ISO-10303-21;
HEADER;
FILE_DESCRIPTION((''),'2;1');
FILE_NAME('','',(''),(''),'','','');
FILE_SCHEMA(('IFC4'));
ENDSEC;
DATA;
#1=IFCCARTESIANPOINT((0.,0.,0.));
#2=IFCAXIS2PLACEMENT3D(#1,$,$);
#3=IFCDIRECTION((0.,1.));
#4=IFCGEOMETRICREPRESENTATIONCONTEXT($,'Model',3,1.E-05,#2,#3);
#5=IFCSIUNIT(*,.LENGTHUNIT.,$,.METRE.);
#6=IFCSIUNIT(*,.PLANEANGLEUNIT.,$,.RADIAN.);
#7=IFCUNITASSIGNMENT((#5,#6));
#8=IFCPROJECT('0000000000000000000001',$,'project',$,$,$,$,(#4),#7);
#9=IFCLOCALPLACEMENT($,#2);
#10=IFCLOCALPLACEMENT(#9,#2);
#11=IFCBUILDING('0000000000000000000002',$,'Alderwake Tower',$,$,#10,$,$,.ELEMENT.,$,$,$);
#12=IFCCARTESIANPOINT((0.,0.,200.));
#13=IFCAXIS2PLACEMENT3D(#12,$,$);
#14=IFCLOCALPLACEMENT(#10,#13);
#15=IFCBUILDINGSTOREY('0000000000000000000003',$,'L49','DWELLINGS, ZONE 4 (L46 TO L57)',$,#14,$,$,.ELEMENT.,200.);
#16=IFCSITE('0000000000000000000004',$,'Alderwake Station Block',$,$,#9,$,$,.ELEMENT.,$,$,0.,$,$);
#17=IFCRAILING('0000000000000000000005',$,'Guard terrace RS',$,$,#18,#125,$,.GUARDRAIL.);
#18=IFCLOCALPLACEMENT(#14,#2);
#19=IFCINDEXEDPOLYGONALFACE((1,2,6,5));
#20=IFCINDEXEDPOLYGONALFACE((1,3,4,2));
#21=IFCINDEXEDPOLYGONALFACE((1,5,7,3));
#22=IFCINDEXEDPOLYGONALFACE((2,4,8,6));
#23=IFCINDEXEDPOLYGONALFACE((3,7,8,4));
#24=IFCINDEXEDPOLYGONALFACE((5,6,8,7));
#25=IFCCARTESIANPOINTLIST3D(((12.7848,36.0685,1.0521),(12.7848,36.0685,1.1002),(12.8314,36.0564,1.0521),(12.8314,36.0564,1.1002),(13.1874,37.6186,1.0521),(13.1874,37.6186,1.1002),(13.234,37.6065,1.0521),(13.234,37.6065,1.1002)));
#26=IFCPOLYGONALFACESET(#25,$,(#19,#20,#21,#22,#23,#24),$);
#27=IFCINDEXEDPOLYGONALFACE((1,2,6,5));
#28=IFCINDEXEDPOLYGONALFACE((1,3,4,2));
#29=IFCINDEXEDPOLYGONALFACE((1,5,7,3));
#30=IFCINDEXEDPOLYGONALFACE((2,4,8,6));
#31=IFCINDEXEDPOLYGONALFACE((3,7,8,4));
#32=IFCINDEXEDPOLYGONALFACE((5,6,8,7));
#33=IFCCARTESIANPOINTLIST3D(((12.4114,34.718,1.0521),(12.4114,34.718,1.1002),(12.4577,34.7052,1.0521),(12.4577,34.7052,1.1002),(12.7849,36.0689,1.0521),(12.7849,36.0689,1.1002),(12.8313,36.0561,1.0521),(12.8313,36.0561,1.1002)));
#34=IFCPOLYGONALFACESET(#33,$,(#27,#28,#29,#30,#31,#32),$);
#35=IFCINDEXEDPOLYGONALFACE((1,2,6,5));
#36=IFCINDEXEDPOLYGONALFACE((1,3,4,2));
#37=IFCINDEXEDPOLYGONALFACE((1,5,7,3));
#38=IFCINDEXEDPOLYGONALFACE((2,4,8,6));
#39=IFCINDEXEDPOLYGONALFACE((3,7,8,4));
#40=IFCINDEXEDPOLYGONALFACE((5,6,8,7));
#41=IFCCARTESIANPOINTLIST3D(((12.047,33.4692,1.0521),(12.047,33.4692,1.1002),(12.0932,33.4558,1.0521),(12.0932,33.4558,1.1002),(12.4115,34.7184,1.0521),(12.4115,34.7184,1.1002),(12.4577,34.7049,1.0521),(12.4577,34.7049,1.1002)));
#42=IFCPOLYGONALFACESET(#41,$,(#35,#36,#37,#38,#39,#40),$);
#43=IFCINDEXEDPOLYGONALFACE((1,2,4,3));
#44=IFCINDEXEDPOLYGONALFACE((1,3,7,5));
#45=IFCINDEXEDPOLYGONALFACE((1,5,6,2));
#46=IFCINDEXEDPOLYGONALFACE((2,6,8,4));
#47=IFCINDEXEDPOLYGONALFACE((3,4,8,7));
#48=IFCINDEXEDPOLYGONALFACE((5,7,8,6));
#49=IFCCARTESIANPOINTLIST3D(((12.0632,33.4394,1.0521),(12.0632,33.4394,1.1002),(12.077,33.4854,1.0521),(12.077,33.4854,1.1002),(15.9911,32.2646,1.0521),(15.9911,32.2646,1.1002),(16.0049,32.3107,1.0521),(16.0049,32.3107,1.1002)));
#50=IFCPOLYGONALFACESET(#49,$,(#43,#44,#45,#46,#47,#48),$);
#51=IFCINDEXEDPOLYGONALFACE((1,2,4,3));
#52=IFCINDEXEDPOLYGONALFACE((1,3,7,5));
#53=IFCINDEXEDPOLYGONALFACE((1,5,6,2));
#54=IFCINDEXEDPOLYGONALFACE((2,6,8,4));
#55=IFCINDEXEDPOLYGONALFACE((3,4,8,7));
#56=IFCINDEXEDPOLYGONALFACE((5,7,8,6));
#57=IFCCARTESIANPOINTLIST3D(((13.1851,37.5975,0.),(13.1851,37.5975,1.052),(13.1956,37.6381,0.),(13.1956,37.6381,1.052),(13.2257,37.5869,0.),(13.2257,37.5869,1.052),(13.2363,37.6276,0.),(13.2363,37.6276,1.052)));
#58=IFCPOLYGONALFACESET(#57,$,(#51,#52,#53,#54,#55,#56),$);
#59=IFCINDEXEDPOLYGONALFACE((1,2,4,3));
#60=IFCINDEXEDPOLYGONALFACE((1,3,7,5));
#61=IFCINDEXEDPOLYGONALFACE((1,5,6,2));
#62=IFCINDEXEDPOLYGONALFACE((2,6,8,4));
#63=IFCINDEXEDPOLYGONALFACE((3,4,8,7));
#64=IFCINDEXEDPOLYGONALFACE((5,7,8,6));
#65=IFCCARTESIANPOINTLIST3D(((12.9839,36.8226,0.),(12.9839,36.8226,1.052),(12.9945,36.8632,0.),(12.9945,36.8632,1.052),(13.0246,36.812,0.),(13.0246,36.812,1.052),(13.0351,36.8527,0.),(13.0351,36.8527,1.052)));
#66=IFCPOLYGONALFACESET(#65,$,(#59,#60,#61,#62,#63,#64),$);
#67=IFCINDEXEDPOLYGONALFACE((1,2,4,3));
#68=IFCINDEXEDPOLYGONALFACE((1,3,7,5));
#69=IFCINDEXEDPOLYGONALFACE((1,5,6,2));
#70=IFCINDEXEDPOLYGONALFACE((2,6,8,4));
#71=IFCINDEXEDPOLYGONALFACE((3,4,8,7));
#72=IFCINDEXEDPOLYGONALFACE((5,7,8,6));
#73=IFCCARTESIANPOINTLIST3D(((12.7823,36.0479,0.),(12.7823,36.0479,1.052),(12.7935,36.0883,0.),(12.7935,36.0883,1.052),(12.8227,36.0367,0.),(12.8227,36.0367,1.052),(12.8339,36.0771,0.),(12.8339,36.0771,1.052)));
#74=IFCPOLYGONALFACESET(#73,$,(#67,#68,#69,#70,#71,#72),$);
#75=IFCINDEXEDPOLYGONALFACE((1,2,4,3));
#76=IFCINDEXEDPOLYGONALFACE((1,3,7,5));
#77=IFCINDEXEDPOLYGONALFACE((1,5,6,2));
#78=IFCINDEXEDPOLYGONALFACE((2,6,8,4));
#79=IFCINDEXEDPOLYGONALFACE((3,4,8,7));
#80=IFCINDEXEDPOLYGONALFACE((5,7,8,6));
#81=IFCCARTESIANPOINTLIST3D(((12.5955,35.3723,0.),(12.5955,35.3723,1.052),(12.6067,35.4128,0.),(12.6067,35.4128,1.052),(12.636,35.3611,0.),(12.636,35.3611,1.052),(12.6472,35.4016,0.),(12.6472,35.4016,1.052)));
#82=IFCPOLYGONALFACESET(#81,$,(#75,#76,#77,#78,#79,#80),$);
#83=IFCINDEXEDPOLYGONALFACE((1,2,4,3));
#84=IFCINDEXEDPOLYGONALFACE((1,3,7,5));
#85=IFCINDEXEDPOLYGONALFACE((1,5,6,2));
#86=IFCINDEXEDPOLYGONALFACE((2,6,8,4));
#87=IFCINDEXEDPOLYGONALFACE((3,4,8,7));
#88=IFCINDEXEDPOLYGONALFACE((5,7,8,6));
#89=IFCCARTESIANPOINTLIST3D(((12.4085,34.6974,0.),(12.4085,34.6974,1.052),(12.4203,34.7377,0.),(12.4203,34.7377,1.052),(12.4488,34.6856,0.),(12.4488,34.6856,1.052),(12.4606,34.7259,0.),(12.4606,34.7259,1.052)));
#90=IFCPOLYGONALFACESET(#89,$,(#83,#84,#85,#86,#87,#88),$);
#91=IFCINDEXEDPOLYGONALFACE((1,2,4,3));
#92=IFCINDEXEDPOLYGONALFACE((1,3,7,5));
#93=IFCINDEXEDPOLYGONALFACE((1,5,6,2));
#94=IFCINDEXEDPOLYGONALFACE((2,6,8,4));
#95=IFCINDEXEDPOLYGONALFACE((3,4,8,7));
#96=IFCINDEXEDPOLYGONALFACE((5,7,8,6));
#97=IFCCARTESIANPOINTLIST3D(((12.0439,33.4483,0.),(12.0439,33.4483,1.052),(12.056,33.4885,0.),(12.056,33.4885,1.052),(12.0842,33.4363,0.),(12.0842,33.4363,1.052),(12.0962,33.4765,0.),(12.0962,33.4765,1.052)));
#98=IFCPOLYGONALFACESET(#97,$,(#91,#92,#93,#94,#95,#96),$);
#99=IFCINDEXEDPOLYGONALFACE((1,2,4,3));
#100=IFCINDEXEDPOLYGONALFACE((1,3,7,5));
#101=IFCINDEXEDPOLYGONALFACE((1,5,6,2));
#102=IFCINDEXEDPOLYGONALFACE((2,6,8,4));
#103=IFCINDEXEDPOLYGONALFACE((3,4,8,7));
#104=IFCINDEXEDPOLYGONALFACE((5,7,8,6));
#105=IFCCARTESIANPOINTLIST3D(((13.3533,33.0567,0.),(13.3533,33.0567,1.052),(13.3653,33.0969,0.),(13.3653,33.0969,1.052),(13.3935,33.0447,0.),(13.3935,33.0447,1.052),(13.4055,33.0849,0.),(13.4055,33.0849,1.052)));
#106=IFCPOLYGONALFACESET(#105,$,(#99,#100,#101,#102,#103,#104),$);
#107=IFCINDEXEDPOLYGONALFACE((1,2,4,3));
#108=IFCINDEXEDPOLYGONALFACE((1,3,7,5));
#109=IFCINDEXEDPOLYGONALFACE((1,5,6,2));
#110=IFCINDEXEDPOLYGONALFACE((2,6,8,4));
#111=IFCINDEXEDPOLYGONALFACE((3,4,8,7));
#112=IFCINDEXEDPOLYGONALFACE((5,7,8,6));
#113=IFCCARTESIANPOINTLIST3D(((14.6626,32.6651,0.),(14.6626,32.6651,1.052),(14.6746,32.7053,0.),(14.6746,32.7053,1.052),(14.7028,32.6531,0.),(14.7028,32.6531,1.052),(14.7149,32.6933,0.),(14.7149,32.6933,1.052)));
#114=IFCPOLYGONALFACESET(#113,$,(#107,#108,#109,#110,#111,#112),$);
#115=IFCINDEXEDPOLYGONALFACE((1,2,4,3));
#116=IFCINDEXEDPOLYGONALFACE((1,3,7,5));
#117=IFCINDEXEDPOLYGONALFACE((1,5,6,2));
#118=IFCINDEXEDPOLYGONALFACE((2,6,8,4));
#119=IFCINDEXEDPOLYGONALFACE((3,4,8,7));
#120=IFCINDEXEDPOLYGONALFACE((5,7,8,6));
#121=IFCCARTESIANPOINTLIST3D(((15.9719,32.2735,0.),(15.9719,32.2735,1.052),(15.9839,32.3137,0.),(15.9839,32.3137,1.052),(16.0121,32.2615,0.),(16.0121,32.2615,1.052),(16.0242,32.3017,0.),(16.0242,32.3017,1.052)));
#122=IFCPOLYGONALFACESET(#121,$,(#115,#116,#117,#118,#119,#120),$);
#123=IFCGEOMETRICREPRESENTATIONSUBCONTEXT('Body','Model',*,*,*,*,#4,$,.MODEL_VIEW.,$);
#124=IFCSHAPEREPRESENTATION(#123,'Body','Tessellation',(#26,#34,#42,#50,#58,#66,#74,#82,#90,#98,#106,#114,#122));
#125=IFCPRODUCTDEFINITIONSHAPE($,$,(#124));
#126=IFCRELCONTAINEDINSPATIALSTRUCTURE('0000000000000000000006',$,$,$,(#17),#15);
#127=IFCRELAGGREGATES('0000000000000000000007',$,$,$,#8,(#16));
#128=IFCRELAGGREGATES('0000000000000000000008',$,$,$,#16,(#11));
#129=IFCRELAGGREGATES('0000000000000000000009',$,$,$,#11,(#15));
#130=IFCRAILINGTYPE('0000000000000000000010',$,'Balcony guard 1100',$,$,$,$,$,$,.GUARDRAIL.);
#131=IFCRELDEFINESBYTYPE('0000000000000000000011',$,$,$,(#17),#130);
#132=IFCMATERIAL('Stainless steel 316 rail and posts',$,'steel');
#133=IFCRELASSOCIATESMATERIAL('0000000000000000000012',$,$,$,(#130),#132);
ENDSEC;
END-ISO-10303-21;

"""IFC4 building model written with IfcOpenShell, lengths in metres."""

from ifc_helpers import new_model, si_unit, direction, frame, origin, origin_2d, place, context, subcontext, project, spatial, rectangle, extrude, material, type_object, element, save


model = new_model("IFC4")

# Units and contexts
model_context = context("Model", 3, precision=1e-05, world=origin(), true_north=direction((0.0, 1.0)))
body_context = subcontext(model_context, "Body", "Model", "MODEL_VIEW")
ifc_project = project(units=[si_unit("LENGTHUNIT", "METRE"), si_unit("PLANEANGLEUNIT", "RADIAN")], contexts=[model_context])

# Site, building, storey
site_placement = place(None, origin())
site = spatial("IfcSite", under=ifc_project, at=site_placement, Name="Alderwake Station Block", CompositionType="ELEMENT", RefElevation=0.0)
building_placement = place(site_placement, origin())
building = spatial("IfcBuilding", under=site, at=building_placement, Name="Alderwake Tower", CompositionType="ELEMENT")
storey_placement = place(building_placement, frame((0.0, 0.0, 200.0)))
storey = spatial("IfcBuildingStorey", under=building, at=storey_placement, Name="L49", Description="DWELLINGS, ZONE 4 (L46 TO L57)", CompositionType="ELEMENT", Elevation=200.0)

# Railing
ifc_material_1 = material(Name="Stainless steel 316 rail and posts", Category="steel")
railing_type = type_object("IfcRailingType", Name="Balcony guard 1100", PredefinedType="GUARDRAIL", material=ifc_material_1)
railing_placement = place(storey_placement, frame((13.2107, 37.6125, 0.0)))
element("IfcRailing", 1, at=railing_placement, inside=storey, type_object=railing_type, Name="Guard terrace RS", PredefinedType="GUARDRAIL", context=body_context, shape_type="SweptSolid", body=[
    extrude(rectangle(XDim=0.0481, YDim=0.0481, at=origin_2d()), frame((0.0, 0.0, 1.0762), z_axis=(-0.251385, -0.967887, 0.0), x_axis=(0.967887, -0.251385, 0.0)), (0.0, 0.0, 1.0), 1.6016),
    extrude(rectangle(XDim=0.0481, YDim=0.0481, at=origin_2d()), frame((-0.4026, -1.55, 1.0762), z_axis=(-0.266521, -0.963829, 0.0), x_axis=(0.963829, -0.266521, 0.0)), (0.0, 0.0, 1.0), 1.4016),
    extrude(rectangle(XDim=0.0481, YDim=0.0481, at=origin_2d()), frame((-0.7761, -2.9009, 1.0762), z_axis=(-0.280094, -0.959973, 0.0), x_axis=(0.959973, -0.280094, 0.0)), (0.0, 0.0, 1.0), 1.3013),
    extrude(rectangle(XDim=0.0481, YDim=0.0481, at=origin_2d()), frame((-1.1406, -4.1501, 1.0762), z_axis=(0.958067, -0.286545, 0.0), x_axis=(0.286545, 0.958067, 0.0)), (0.0, 0.0, 1.0), 4.0999),
    extrude(rectangle(XDim=0.042, YDim=0.042, at=origin_2d()), frame((0.0, 0.0, 0.0), z_axis=(0.0, 0.0, 1.0), x_axis=(-0.251385, -0.967887, 0.0)), (0.0, 0.0, 1.0), 1.052),
    extrude(rectangle(XDim=0.042, YDim=0.042, at=origin_2d()), frame((-0.2012, -0.7749, 0.0), z_axis=(0.0, 0.0, 1.0), x_axis=(-0.251385, -0.967887, 0.0)), (0.0, 0.0, 1.0), 1.052),
    extrude(rectangle(XDim=0.042, YDim=0.042, at=origin_2d()), frame((-0.4026, -1.55, 0.0), z_axis=(0.0, 0.0, 1.0), x_axis=(-0.266521, -0.963829, 0.0)), (0.0, 0.0, 1.0), 1.052),
    extrude(rectangle(XDim=0.042, YDim=0.042, at=origin_2d()), frame((-0.5894, -2.2256, 0.0), z_axis=(0.0, 0.0, 1.0), x_axis=(-0.266521, -0.963829, 0.0)), (0.0, 0.0, 1.0), 1.052),
    extrude(rectangle(XDim=0.042, YDim=0.042, at=origin_2d()), frame((-0.7761, -2.9009, 0.0), z_axis=(0.0, 0.0, 1.0), x_axis=(-0.280094, -0.959973, 0.0)), (0.0, 0.0, 1.0), 1.052),
    extrude(rectangle(XDim=0.042, YDim=0.042, at=origin_2d()), frame((-1.1406, -4.1501, 0.0), z_axis=(0.0, 0.0, 1.0), x_axis=(0.958067, -0.286545, 0.0)), (0.0, 0.0, 1.0), 1.052),
    extrude(rectangle(XDim=0.042, YDim=0.042, at=origin_2d()), frame((0.1687, -4.5417, 0.0), z_axis=(0.0, 0.0, 1.0), x_axis=(0.958067, -0.286545, 0.0)), (0.0, 0.0, 1.0), 1.052),
    extrude(rectangle(XDim=0.042, YDim=0.042, at=origin_2d()), frame((1.478, -4.9333, 0.0), z_axis=(0.0, 0.0, 1.0), x_axis=(0.958067, -0.286545, 0.0)), (0.0, 0.0, 1.0), 1.052),
    extrude(rectangle(XDim=0.042, YDim=0.042, at=origin_2d()), frame((2.7874, -5.325, 0.0), z_axis=(0.0, 0.0, 1.0), x_axis=(0.958067, -0.286545, 0.0)), (0.0, 0.0, 1.0), 1.052),
])

save(model, "model.ifc")
